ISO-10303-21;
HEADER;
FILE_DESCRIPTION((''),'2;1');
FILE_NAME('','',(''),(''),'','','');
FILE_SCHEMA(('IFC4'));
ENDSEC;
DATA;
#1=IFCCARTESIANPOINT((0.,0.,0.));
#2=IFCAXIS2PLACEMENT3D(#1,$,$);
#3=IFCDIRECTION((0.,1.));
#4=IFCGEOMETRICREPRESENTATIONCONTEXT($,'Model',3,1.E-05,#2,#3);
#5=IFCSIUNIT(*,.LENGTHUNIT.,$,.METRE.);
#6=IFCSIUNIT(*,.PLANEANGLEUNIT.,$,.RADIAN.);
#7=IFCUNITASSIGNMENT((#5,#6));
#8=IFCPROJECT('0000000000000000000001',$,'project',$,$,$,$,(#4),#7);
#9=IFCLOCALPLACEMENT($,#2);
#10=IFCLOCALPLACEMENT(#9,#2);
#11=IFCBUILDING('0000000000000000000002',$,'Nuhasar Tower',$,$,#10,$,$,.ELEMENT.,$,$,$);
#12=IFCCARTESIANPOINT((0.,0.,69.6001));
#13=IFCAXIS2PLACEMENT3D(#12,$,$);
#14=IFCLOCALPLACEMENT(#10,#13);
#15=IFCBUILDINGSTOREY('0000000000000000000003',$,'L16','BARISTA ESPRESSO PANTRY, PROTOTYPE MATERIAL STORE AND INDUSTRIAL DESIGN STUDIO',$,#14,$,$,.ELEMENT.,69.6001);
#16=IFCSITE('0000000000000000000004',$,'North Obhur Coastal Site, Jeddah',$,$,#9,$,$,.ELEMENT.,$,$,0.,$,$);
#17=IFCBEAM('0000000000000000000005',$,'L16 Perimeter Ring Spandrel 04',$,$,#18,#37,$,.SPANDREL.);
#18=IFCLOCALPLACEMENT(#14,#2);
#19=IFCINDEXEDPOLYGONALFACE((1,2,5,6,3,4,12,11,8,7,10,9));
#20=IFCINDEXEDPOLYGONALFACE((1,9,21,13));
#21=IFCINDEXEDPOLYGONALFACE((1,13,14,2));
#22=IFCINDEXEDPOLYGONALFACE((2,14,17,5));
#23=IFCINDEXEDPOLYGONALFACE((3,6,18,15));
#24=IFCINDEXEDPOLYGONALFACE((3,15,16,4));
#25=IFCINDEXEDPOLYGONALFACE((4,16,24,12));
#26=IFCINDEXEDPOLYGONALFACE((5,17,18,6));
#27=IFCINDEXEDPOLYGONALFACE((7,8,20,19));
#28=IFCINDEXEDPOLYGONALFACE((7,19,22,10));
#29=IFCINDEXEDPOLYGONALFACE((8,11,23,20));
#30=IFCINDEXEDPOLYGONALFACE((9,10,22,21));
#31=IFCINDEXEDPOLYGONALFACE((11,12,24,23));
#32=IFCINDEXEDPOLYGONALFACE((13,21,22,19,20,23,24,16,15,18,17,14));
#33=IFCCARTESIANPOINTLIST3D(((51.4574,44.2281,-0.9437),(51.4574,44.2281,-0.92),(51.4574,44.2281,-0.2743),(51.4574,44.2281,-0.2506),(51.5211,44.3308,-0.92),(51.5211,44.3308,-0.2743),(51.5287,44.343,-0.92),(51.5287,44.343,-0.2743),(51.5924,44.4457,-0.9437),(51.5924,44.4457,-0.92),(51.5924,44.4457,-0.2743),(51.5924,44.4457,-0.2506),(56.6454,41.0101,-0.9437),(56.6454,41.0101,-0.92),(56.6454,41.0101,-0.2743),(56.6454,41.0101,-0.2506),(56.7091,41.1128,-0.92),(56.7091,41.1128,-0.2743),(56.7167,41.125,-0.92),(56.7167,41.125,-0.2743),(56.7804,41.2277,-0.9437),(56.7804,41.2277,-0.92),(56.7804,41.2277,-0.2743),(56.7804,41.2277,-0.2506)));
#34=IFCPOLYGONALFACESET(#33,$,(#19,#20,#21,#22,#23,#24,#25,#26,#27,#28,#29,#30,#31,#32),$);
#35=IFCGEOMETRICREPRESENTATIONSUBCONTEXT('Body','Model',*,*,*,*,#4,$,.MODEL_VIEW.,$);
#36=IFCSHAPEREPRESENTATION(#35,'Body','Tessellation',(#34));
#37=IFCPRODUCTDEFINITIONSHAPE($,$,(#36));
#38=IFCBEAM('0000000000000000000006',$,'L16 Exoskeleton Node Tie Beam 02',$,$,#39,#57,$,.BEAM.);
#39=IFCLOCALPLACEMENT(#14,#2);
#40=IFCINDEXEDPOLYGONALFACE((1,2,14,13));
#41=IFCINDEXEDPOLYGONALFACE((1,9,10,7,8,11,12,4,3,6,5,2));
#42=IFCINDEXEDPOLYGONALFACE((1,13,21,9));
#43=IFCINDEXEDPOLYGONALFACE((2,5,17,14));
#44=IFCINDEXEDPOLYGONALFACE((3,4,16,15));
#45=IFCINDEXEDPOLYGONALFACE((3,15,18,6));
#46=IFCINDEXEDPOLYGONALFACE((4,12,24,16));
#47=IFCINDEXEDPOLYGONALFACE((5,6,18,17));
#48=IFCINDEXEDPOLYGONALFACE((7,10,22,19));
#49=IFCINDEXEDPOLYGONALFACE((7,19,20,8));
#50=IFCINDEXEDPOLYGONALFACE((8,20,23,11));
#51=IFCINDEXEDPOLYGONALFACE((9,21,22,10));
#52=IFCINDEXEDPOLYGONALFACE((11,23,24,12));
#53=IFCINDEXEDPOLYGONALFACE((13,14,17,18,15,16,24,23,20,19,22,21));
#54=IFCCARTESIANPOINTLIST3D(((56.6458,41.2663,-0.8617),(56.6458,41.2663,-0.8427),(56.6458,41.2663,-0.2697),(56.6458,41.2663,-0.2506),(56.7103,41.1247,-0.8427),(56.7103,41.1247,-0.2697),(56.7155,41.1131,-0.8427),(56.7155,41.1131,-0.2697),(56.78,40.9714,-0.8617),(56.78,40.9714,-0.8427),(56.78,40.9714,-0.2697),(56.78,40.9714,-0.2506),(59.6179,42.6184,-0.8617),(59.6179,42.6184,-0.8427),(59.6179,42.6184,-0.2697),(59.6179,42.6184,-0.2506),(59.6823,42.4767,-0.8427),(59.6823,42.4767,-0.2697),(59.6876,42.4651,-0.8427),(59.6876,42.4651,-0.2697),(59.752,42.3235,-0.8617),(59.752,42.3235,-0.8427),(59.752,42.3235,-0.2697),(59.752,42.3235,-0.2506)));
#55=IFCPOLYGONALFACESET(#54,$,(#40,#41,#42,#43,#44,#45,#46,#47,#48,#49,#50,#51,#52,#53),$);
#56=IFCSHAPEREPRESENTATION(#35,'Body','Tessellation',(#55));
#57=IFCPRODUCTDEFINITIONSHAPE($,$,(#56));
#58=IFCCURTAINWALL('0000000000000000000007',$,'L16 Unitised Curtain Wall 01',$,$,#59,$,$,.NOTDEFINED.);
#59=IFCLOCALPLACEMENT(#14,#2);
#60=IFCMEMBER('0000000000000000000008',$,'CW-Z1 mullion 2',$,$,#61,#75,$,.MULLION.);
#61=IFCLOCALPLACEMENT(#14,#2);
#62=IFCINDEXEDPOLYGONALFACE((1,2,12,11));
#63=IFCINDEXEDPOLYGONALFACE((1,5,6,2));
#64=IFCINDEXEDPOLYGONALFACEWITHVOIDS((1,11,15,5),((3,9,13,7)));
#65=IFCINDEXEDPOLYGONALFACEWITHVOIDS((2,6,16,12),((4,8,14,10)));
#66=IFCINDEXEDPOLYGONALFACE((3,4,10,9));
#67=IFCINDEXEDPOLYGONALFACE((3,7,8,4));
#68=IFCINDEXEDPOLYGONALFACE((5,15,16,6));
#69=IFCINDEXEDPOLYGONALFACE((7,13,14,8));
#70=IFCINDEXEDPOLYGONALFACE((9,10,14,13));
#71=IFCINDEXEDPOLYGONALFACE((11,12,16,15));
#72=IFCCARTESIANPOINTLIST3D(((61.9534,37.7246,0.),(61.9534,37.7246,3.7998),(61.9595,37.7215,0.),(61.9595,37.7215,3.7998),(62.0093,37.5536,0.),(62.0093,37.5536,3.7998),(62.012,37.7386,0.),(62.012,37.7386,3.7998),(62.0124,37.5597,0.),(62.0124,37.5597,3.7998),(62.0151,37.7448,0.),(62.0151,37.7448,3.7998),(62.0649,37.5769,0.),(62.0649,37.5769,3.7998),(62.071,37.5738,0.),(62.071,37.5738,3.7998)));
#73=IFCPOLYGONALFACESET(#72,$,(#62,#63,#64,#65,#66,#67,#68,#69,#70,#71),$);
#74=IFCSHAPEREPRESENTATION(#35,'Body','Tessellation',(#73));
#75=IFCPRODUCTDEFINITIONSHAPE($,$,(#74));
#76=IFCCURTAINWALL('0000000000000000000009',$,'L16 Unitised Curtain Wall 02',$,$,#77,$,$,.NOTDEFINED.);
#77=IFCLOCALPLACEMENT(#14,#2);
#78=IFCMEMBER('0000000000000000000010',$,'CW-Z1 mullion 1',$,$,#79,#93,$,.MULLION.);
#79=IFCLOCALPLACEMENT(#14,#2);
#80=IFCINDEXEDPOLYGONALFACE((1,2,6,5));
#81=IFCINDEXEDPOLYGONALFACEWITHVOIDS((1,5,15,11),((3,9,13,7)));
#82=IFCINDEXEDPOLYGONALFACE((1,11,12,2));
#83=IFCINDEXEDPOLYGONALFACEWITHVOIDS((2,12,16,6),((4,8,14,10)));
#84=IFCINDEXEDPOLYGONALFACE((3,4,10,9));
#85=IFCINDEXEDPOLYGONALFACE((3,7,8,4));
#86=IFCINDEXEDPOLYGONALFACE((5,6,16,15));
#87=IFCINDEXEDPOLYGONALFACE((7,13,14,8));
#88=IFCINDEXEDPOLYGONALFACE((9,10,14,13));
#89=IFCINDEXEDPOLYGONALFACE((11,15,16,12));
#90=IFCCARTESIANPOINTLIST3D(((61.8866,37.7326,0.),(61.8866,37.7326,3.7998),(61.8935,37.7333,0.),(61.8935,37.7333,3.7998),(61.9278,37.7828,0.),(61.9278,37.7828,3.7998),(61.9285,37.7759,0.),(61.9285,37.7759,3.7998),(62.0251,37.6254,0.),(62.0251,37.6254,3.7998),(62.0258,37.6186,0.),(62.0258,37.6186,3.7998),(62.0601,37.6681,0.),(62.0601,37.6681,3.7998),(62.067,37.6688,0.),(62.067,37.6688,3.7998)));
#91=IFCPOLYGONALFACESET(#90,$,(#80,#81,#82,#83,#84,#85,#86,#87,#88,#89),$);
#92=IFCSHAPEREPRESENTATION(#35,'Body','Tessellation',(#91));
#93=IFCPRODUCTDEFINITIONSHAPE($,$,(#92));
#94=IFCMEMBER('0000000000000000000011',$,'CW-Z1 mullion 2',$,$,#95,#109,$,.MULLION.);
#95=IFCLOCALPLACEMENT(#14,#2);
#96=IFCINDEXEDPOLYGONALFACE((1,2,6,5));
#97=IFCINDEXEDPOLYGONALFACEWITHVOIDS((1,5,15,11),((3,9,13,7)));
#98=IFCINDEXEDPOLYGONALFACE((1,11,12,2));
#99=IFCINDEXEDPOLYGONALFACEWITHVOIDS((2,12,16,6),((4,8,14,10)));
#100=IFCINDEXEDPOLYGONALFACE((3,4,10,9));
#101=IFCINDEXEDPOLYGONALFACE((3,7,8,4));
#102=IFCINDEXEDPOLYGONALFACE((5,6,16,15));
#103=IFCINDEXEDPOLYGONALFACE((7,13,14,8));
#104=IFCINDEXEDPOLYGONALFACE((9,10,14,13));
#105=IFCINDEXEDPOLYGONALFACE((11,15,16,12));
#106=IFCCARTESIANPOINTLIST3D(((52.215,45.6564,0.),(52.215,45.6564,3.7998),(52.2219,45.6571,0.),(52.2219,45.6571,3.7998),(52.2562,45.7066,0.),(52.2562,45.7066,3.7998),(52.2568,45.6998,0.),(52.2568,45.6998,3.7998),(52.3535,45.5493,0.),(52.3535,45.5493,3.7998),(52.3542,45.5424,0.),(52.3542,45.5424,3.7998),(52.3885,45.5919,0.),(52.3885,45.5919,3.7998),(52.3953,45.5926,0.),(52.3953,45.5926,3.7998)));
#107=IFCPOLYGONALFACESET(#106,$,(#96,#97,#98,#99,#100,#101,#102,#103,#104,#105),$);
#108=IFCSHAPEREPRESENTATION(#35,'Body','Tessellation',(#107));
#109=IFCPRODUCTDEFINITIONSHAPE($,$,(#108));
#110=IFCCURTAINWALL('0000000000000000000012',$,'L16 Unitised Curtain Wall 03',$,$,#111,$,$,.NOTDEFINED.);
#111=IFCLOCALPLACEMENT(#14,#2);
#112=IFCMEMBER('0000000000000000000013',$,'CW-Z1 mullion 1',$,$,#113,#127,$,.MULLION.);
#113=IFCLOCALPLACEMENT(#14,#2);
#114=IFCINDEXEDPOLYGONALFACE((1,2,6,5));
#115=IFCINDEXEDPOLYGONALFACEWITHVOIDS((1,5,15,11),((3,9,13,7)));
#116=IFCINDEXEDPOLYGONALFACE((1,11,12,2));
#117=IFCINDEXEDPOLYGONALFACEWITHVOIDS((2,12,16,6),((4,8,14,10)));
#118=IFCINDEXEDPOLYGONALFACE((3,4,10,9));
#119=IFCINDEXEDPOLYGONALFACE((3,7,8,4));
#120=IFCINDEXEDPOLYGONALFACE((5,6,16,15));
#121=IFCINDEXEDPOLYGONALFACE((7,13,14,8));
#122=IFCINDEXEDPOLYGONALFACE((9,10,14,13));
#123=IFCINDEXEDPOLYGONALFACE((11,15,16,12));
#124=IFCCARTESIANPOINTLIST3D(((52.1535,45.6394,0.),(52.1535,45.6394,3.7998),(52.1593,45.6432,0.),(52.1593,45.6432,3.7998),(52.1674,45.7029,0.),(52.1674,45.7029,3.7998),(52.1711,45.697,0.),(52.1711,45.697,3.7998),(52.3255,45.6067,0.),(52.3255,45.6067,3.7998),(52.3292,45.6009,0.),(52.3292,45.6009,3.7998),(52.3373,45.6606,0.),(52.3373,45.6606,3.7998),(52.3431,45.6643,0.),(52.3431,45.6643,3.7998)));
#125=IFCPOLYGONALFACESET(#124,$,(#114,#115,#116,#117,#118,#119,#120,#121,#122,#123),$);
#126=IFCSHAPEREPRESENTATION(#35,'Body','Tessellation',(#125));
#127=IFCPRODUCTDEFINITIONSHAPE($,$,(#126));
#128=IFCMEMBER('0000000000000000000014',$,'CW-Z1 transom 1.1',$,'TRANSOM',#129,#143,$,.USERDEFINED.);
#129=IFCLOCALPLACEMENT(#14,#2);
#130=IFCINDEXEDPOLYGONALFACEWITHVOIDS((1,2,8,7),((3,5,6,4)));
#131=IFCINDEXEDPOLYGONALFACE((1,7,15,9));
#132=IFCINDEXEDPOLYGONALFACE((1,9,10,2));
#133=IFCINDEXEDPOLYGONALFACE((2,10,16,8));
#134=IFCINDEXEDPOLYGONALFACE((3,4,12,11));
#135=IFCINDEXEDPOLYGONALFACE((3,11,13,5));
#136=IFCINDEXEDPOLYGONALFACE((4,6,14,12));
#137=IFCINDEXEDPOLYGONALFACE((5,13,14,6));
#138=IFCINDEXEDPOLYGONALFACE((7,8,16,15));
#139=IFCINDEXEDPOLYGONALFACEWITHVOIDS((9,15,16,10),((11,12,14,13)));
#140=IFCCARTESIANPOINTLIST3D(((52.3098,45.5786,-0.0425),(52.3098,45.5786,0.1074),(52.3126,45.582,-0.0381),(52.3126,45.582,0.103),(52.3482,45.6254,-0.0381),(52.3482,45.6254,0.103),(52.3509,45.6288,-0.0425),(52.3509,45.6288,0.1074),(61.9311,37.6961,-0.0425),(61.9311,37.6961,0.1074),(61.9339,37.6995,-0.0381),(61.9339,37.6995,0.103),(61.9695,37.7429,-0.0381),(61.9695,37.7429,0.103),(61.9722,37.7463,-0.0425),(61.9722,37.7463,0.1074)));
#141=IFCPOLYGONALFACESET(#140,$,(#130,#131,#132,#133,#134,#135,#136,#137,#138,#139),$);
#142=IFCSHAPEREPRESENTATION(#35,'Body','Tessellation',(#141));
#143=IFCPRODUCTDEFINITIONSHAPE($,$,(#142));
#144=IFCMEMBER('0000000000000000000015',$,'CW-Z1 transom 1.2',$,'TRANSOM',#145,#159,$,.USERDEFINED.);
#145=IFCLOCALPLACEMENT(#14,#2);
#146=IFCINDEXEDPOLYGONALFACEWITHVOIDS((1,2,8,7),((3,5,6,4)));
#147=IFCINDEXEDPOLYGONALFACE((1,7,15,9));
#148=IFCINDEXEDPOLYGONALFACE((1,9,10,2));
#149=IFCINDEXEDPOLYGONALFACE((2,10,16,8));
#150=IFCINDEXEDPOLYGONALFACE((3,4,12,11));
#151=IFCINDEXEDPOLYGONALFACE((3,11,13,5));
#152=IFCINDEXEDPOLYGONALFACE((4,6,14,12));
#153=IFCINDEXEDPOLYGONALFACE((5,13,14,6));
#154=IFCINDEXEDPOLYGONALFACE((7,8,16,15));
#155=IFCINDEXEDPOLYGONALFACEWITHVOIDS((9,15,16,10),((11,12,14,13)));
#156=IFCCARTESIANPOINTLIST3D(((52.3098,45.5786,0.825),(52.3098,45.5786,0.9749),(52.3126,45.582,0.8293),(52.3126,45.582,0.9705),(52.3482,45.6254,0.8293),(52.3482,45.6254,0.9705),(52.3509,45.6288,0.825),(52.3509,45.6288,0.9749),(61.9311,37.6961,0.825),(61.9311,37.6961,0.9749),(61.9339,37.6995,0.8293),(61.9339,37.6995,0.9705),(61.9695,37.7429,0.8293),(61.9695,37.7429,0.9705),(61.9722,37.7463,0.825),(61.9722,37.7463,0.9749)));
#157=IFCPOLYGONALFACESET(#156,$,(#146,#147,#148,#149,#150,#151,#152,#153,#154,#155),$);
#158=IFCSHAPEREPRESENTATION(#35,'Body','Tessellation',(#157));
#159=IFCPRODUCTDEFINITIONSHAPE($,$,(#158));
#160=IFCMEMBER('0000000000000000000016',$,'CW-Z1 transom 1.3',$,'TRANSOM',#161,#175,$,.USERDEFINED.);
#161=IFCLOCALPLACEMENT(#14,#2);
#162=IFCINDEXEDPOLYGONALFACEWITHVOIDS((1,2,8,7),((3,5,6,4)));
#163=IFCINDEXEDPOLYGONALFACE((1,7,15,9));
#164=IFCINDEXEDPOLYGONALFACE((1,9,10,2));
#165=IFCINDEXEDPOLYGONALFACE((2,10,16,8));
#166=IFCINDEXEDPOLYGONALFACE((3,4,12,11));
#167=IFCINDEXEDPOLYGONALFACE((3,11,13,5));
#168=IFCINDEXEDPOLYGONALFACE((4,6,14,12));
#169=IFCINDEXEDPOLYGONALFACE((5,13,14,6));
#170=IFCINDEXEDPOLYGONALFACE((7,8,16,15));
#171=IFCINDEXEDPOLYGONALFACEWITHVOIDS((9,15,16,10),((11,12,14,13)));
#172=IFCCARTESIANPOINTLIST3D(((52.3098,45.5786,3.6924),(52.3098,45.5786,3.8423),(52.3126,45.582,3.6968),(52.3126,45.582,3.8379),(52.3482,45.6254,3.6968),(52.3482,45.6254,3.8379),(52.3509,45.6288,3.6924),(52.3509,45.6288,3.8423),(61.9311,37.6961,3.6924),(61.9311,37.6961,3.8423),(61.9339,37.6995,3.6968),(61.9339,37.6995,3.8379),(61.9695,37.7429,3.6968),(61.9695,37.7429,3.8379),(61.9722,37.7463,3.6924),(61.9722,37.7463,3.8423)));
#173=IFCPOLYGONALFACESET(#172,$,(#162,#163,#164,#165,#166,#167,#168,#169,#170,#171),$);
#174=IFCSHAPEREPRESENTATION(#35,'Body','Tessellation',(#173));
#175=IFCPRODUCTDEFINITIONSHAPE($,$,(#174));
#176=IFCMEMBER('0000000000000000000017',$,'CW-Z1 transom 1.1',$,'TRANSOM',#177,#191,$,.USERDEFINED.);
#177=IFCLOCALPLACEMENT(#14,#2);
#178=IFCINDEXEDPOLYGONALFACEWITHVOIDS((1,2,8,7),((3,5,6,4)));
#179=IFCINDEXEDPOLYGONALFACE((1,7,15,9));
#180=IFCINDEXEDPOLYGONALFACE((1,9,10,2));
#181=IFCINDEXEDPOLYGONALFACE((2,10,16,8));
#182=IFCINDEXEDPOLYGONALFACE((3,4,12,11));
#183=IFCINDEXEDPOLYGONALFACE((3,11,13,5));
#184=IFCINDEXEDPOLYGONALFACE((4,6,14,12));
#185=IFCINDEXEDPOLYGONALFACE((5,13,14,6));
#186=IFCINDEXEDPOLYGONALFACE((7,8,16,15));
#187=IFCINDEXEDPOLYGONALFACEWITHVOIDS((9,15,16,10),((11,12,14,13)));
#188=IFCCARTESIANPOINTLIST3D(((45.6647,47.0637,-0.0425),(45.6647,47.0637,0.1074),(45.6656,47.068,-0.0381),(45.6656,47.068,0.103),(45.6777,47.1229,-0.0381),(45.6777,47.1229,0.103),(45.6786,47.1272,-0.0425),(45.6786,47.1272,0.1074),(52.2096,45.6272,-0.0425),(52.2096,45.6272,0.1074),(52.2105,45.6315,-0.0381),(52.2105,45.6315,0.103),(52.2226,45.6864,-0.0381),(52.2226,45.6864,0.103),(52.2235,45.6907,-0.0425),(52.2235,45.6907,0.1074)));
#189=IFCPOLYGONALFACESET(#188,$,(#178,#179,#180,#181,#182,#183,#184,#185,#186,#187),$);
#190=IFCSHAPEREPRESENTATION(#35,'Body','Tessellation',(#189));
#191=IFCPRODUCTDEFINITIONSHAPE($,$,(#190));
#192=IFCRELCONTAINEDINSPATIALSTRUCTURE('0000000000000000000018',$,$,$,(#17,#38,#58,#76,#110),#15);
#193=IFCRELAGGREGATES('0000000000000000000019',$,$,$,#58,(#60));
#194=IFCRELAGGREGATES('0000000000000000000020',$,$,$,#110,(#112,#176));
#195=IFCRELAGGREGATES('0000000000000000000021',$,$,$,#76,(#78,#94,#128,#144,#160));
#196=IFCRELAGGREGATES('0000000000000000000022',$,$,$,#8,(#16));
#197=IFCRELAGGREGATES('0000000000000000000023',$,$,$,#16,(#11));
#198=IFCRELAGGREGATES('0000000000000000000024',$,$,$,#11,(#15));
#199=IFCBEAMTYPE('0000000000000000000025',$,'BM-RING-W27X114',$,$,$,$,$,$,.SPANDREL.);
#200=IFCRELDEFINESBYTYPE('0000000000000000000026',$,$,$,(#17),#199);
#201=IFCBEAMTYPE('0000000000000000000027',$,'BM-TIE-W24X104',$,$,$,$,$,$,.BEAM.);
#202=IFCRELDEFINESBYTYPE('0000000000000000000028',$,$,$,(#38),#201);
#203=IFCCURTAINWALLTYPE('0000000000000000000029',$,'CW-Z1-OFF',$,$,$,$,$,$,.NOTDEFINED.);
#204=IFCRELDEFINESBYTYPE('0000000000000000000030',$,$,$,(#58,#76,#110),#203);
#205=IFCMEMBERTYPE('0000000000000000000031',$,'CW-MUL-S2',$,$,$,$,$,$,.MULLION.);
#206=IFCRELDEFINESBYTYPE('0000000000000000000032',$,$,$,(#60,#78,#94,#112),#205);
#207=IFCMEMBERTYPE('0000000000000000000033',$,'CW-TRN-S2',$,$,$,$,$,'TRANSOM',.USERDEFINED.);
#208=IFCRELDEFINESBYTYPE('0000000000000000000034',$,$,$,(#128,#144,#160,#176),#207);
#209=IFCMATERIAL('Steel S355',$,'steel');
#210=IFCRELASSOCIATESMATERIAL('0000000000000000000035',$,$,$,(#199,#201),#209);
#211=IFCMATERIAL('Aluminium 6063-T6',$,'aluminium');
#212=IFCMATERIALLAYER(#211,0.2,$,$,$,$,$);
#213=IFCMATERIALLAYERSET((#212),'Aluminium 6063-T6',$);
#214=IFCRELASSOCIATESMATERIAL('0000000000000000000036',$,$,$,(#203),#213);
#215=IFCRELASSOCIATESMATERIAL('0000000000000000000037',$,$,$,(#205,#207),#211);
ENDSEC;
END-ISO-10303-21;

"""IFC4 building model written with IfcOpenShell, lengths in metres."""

from ifc_helpers import new_model, si_unit, direction, frame, origin, origin_2d, place, context, subcontext, project, spatial, hollow_rectangle, i_section, extrude, material, layer, layer_set, material_profile, profile_set, type_object, element, aggregate, save


model = new_model("IFC4")

# Units and contexts
model_context = context("Model", 3, precision=1e-05, world=origin(), true_north=direction((0.0, 1.0)))
body_context = subcontext(model_context, "Body", "Model", "MODEL_VIEW")
ifc_project = project(units=[si_unit("LENGTHUNIT", "METRE"), si_unit("PLANEANGLEUNIT", "RADIAN")], contexts=[model_context])

# Site, building, storey
site_placement = place(None, origin())
site = spatial("IfcSite", under=ifc_project, at=site_placement, Name="North Obhur Coastal Site, Jeddah", CompositionType="ELEMENT", RefElevation=0.0)
building_placement = place(site_placement, origin())
building = spatial("IfcBuilding", under=site, at=building_placement, Name="Nuhasar Tower", CompositionType="ELEMENT")
storey_placement = place(building_placement, frame((0.0, 0.0, 69.6001)))
storey = spatial("IfcBuildingStorey", under=building, at=storey_placement, Name="L16", Description="BARISTA ESPRESSO PANTRY, PROTOTYPE MATERIAL STORE AND INDUSTRIAL DESIGN STUDIO", CompositionType="ELEMENT", Elevation=69.6001)

# Beams
ifc_material_1 = material(Name="Steel S355", Category="steel")
ifc_material_profile_1 = material_profile(ifc_material_1, i_section(OverallWidth=0.2561, OverallDepth=0.6931, WebThickness=0.0144, FlangeThickness=0.0237, at=origin_2d()), Name="W27X114")
ifc_profile_set_1 = profile_set([ifc_material_profile_1], Name="Steel S355")
beam_type_1 = type_object("IfcBeamType", Name="BM-RING-W27X114", PredefinedType="SPANDREL", material=ifc_profile_set_1)
beam_1_placement = place(storey_placement, frame((56.7129, 41.1189, -0.5972), z_axis=(-0.849795, 0.527113, 0.0), x_axis=(-0.527113, -0.849795, 0.0)))
element("IfcBeam", 1, at=beam_1_placement, inside=storey, type_object=beam_type_1, Name="L16 Perimeter Ring Spandrel 04", PredefinedType="SPANDREL", context=body_context, shape_type="SweptSolid", body=[
    extrude(i_section(OverallWidth=0.2561, OverallDepth=0.6931, WebThickness=0.0144, FlangeThickness=0.0237, at=origin_2d()), origin(), (0.0, 0.0, 1.0), 6.105),
])
ifc_material_profile_2 = material_profile(ifc_material_1, i_section(OverallWidth=0.324, OverallDepth=0.6111, WebThickness=0.0127, FlangeThickness=0.019, at=origin_2d()), Name="W24X104")
ifc_profile_set_2 = profile_set([ifc_material_profile_2], Name="Steel S355")
beam_type_2 = type_object("IfcBeamType", Name="BM-TIE-W24X104", PredefinedType="BEAM", material=ifc_profile_set_2)
beam_2_placement = place(storey_placement, frame((56.7129, 41.1189, -0.5562), z_axis=(0.910244, 0.414073, 0.0), x_axis=(-0.414073, 0.910244, 0.0)))
element("IfcBeam", 2, at=beam_2_placement, inside=storey, type_object=beam_type_2, Name="L16 Exoskeleton Node Tie Beam 02", PredefinedType="BEAM", context=body_context, shape_type="SweptSolid", body=[
    extrude(i_section(OverallWidth=0.324, OverallDepth=0.6111, WebThickness=0.0127, FlangeThickness=0.019, at=origin_2d()), origin(), (0.0, 0.0, 1.0), 3.2651),
])

# Curtain wall, member
ifc_material_2 = material(Name="Aluminium 6063-T6", Category="aluminium")
ifc_layer_1 = layer(ifc_material_2, 0.2)
ifc_layer_set_1 = layer_set([ifc_layer_1], Name="Aluminium 6063-T6")
curtain_wall_type = type_object("IfcCurtainWallType", Name="CW-Z1-OFF", PredefinedType="NOTDEFINED", material=ifc_layer_set_1)
curtain_wall_1_placement = place(storey_placement, origin())
curtain_wall_1 = element("IfcCurtainWall", 3, at=curtain_wall_1_placement, inside=storey, type_object=curtain_wall_type, Name="L16 Unitised Curtain Wall 01", PredefinedType="NOTDEFINED")
ifc_material_profile_3 = material_profile(ifc_material_2, hollow_rectangle(XDim=0.0649, YDim=0.1799, WallThickness=0.0049, at=origin_2d()), Name="CWM-2")
ifc_profile_set_3 = profile_set([ifc_material_profile_3], Name="Aluminium 6063-T6")
member_type_1 = type_object("IfcMemberType", Name="CW-MUL-S2", PredefinedType="MULLION", material=ifc_profile_set_3)
member_1_placement = place(storey_placement, frame((62.0122, 37.6492, 0.0), z_axis=(0.0, 0.0, 1.0), x_axis=(-0.950468, -0.310824, 0.0)))
member_1 = element("IfcMember", 4, at=member_1_placement, type_object=member_type_1, Name="CW-Z1 mullion 2", PredefinedType="MULLION", context=body_context, shape_type="SweptSolid", body=[
    extrude(hollow_rectangle(XDim=0.0649, YDim=0.1799, WallThickness=0.0049, at=origin_2d()), origin(), (0.0, 0.0, 1.0), 3.7998),
])
aggregate(curtain_wall_1, [member_1])

# Curtain wall, members
curtain_wall_2_placement = place(storey_placement, origin())
curtain_wall_2 = element("IfcCurtainWall", 5, at=curtain_wall_2_placement, inside=storey, type_object=curtain_wall_type, Name="L16 Unitised Curtain Wall 02", PredefinedType="NOTDEFINED")
member_2_placement = place(storey_placement, frame((61.9768, 37.7007, 0.0), z_axis=(0.0, 0.0, 1.0), x_axis=(-0.633745, -0.773542, 0.0)))
member_2 = element("IfcMember", 6, at=member_2_placement, type_object=member_type_1, Name="CW-Z1 mullion 1", PredefinedType="MULLION", context=body_context, shape_type="SweptSolid", body=[
    extrude(hollow_rectangle(XDim=0.0649, YDim=0.1799, WallThickness=0.0049, at=origin_2d()), origin(), (0.0, 0.0, 1.0), 3.7998),
])
member_3_placement = place(storey_placement, frame((52.3052, 45.6245, 0.0), z_axis=(0.0, 0.0, 1.0), x_axis=(-0.633745, -0.773542, 0.0)))
member_3 = element("IfcMember", 7, at=member_3_placement, type_object=member_type_1, Name="CW-Z1 mullion 2", PredefinedType="MULLION", context=body_context, shape_type="SweptSolid", body=[
    extrude(hollow_rectangle(XDim=0.0649, YDim=0.1799, WallThickness=0.0049, at=origin_2d()), origin(), (0.0, 0.0, 1.0), 3.7998),
])

# Curtain wall, member
curtain_wall_3_placement = place(storey_placement, origin())
curtain_wall_3 = element("IfcCurtainWall", 8, at=curtain_wall_3_placement, inside=storey, type_object=curtain_wall_type, Name="L16 Unitised Curtain Wall 03", PredefinedType="NOTDEFINED")
member_4_placement = place(storey_placement, frame((52.2483, 45.6519, 0.0), z_axis=(0.0, 0.0, 1.0), x_axis=(-0.214399, -0.976746, 0.0)))
member_4 = element("IfcMember", 9, at=member_4_placement, type_object=member_type_1, Name="CW-Z1 mullion 1", PredefinedType="MULLION", context=body_context, shape_type="SweptSolid", body=[
    extrude(hollow_rectangle(XDim=0.0649, YDim=0.1799, WallThickness=0.0049, at=origin_2d()), origin(), (0.0, 0.0, 1.0), 3.7998),
])

# Members
ifc_material_profile_4 = material_profile(ifc_material_2, hollow_rectangle(XDim=0.0649, YDim=0.1499, WallThickness=0.0044, at=origin_2d()), Name="CWT-2")
ifc_profile_set_4 = profile_set([ifc_material_profile_4], Name="Aluminium 6063-T6")
member_type_2 = type_object("IfcMemberType", Name="CW-TRN-S2", ElementType="TRANSOM", PredefinedType="USERDEFINED", material=ifc_profile_set_4)
member_5_placement = place(storey_placement, frame((61.9517, 37.7212, 0.0325), z_axis=(-0.773541, 0.633746, 0.0), x_axis=(-0.633746, -0.773541, 0.0)))
member_5 = element("IfcMember", 10, at=member_5_placement, type_object=member_type_2, Name="CW-Z1 transom 1.1", ObjectType="TRANSOM", PredefinedType="USERDEFINED", context=body_context, shape_type="SweptSolid", body=[
    extrude(hollow_rectangle(XDim=0.0649, YDim=0.1499, WallThickness=0.0044, at=origin_2d()), origin(), (0.0, 0.0, 1.0), 12.438),
])
member_6_placement = place(storey_placement, frame((61.9517, 37.7212, 0.8999), z_axis=(-0.773541, 0.633746, 0.0), x_axis=(-0.633746, -0.773541, 0.0)))
member_6 = element("IfcMember", 11, at=member_6_placement, type_object=member_type_2, Name="CW-Z1 transom 1.2", ObjectType="TRANSOM", PredefinedType="USERDEFINED", context=body_context, shape_type="SweptSolid", body=[
    extrude(hollow_rectangle(XDim=0.0649, YDim=0.1499, WallThickness=0.0044, at=origin_2d()), origin(), (0.0, 0.0, 1.0), 12.438),
])
member_7_placement = place(storey_placement, frame((61.9517, 37.7212, 3.7673), z_axis=(-0.773541, 0.633746, 0.0), x_axis=(-0.633746, -0.773541, 0.0)))
member_7 = element("IfcMember", 12, at=member_7_placement, type_object=member_type_2, Name="CW-Z1 transom 1.3", ObjectType="TRANSOM", PredefinedType="USERDEFINED", context=body_context, shape_type="SweptSolid", body=[
    extrude(hollow_rectangle(XDim=0.0649, YDim=0.1499, WallThickness=0.0044, at=origin_2d()), origin(), (0.0, 0.0, 1.0), 12.438),
])
member_8_placement = place(storey_placement, frame((52.2166, 45.6589, 0.0325), z_axis=(-0.97675, 0.214384, 0.0), x_axis=(-0.214384, -0.97675, 0.0)))
member_8 = element("IfcMember", 13, at=member_8_placement, type_object=member_type_2, Name="CW-Z1 transom 1.1", ObjectType="TRANSOM", PredefinedType="USERDEFINED", context=body_context, shape_type="SweptSolid", body=[
    extrude(hollow_rectangle(XDim=0.0649, YDim=0.1499, WallThickness=0.0044, at=origin_2d()), origin(), (0.0, 0.0, 1.0), 6.7007),
])
aggregate(curtain_wall_3, [member_4, member_8])

aggregate(curtain_wall_2, [member_2, member_3, member_5, member_6, member_7])

save(model, "model.ifc")
